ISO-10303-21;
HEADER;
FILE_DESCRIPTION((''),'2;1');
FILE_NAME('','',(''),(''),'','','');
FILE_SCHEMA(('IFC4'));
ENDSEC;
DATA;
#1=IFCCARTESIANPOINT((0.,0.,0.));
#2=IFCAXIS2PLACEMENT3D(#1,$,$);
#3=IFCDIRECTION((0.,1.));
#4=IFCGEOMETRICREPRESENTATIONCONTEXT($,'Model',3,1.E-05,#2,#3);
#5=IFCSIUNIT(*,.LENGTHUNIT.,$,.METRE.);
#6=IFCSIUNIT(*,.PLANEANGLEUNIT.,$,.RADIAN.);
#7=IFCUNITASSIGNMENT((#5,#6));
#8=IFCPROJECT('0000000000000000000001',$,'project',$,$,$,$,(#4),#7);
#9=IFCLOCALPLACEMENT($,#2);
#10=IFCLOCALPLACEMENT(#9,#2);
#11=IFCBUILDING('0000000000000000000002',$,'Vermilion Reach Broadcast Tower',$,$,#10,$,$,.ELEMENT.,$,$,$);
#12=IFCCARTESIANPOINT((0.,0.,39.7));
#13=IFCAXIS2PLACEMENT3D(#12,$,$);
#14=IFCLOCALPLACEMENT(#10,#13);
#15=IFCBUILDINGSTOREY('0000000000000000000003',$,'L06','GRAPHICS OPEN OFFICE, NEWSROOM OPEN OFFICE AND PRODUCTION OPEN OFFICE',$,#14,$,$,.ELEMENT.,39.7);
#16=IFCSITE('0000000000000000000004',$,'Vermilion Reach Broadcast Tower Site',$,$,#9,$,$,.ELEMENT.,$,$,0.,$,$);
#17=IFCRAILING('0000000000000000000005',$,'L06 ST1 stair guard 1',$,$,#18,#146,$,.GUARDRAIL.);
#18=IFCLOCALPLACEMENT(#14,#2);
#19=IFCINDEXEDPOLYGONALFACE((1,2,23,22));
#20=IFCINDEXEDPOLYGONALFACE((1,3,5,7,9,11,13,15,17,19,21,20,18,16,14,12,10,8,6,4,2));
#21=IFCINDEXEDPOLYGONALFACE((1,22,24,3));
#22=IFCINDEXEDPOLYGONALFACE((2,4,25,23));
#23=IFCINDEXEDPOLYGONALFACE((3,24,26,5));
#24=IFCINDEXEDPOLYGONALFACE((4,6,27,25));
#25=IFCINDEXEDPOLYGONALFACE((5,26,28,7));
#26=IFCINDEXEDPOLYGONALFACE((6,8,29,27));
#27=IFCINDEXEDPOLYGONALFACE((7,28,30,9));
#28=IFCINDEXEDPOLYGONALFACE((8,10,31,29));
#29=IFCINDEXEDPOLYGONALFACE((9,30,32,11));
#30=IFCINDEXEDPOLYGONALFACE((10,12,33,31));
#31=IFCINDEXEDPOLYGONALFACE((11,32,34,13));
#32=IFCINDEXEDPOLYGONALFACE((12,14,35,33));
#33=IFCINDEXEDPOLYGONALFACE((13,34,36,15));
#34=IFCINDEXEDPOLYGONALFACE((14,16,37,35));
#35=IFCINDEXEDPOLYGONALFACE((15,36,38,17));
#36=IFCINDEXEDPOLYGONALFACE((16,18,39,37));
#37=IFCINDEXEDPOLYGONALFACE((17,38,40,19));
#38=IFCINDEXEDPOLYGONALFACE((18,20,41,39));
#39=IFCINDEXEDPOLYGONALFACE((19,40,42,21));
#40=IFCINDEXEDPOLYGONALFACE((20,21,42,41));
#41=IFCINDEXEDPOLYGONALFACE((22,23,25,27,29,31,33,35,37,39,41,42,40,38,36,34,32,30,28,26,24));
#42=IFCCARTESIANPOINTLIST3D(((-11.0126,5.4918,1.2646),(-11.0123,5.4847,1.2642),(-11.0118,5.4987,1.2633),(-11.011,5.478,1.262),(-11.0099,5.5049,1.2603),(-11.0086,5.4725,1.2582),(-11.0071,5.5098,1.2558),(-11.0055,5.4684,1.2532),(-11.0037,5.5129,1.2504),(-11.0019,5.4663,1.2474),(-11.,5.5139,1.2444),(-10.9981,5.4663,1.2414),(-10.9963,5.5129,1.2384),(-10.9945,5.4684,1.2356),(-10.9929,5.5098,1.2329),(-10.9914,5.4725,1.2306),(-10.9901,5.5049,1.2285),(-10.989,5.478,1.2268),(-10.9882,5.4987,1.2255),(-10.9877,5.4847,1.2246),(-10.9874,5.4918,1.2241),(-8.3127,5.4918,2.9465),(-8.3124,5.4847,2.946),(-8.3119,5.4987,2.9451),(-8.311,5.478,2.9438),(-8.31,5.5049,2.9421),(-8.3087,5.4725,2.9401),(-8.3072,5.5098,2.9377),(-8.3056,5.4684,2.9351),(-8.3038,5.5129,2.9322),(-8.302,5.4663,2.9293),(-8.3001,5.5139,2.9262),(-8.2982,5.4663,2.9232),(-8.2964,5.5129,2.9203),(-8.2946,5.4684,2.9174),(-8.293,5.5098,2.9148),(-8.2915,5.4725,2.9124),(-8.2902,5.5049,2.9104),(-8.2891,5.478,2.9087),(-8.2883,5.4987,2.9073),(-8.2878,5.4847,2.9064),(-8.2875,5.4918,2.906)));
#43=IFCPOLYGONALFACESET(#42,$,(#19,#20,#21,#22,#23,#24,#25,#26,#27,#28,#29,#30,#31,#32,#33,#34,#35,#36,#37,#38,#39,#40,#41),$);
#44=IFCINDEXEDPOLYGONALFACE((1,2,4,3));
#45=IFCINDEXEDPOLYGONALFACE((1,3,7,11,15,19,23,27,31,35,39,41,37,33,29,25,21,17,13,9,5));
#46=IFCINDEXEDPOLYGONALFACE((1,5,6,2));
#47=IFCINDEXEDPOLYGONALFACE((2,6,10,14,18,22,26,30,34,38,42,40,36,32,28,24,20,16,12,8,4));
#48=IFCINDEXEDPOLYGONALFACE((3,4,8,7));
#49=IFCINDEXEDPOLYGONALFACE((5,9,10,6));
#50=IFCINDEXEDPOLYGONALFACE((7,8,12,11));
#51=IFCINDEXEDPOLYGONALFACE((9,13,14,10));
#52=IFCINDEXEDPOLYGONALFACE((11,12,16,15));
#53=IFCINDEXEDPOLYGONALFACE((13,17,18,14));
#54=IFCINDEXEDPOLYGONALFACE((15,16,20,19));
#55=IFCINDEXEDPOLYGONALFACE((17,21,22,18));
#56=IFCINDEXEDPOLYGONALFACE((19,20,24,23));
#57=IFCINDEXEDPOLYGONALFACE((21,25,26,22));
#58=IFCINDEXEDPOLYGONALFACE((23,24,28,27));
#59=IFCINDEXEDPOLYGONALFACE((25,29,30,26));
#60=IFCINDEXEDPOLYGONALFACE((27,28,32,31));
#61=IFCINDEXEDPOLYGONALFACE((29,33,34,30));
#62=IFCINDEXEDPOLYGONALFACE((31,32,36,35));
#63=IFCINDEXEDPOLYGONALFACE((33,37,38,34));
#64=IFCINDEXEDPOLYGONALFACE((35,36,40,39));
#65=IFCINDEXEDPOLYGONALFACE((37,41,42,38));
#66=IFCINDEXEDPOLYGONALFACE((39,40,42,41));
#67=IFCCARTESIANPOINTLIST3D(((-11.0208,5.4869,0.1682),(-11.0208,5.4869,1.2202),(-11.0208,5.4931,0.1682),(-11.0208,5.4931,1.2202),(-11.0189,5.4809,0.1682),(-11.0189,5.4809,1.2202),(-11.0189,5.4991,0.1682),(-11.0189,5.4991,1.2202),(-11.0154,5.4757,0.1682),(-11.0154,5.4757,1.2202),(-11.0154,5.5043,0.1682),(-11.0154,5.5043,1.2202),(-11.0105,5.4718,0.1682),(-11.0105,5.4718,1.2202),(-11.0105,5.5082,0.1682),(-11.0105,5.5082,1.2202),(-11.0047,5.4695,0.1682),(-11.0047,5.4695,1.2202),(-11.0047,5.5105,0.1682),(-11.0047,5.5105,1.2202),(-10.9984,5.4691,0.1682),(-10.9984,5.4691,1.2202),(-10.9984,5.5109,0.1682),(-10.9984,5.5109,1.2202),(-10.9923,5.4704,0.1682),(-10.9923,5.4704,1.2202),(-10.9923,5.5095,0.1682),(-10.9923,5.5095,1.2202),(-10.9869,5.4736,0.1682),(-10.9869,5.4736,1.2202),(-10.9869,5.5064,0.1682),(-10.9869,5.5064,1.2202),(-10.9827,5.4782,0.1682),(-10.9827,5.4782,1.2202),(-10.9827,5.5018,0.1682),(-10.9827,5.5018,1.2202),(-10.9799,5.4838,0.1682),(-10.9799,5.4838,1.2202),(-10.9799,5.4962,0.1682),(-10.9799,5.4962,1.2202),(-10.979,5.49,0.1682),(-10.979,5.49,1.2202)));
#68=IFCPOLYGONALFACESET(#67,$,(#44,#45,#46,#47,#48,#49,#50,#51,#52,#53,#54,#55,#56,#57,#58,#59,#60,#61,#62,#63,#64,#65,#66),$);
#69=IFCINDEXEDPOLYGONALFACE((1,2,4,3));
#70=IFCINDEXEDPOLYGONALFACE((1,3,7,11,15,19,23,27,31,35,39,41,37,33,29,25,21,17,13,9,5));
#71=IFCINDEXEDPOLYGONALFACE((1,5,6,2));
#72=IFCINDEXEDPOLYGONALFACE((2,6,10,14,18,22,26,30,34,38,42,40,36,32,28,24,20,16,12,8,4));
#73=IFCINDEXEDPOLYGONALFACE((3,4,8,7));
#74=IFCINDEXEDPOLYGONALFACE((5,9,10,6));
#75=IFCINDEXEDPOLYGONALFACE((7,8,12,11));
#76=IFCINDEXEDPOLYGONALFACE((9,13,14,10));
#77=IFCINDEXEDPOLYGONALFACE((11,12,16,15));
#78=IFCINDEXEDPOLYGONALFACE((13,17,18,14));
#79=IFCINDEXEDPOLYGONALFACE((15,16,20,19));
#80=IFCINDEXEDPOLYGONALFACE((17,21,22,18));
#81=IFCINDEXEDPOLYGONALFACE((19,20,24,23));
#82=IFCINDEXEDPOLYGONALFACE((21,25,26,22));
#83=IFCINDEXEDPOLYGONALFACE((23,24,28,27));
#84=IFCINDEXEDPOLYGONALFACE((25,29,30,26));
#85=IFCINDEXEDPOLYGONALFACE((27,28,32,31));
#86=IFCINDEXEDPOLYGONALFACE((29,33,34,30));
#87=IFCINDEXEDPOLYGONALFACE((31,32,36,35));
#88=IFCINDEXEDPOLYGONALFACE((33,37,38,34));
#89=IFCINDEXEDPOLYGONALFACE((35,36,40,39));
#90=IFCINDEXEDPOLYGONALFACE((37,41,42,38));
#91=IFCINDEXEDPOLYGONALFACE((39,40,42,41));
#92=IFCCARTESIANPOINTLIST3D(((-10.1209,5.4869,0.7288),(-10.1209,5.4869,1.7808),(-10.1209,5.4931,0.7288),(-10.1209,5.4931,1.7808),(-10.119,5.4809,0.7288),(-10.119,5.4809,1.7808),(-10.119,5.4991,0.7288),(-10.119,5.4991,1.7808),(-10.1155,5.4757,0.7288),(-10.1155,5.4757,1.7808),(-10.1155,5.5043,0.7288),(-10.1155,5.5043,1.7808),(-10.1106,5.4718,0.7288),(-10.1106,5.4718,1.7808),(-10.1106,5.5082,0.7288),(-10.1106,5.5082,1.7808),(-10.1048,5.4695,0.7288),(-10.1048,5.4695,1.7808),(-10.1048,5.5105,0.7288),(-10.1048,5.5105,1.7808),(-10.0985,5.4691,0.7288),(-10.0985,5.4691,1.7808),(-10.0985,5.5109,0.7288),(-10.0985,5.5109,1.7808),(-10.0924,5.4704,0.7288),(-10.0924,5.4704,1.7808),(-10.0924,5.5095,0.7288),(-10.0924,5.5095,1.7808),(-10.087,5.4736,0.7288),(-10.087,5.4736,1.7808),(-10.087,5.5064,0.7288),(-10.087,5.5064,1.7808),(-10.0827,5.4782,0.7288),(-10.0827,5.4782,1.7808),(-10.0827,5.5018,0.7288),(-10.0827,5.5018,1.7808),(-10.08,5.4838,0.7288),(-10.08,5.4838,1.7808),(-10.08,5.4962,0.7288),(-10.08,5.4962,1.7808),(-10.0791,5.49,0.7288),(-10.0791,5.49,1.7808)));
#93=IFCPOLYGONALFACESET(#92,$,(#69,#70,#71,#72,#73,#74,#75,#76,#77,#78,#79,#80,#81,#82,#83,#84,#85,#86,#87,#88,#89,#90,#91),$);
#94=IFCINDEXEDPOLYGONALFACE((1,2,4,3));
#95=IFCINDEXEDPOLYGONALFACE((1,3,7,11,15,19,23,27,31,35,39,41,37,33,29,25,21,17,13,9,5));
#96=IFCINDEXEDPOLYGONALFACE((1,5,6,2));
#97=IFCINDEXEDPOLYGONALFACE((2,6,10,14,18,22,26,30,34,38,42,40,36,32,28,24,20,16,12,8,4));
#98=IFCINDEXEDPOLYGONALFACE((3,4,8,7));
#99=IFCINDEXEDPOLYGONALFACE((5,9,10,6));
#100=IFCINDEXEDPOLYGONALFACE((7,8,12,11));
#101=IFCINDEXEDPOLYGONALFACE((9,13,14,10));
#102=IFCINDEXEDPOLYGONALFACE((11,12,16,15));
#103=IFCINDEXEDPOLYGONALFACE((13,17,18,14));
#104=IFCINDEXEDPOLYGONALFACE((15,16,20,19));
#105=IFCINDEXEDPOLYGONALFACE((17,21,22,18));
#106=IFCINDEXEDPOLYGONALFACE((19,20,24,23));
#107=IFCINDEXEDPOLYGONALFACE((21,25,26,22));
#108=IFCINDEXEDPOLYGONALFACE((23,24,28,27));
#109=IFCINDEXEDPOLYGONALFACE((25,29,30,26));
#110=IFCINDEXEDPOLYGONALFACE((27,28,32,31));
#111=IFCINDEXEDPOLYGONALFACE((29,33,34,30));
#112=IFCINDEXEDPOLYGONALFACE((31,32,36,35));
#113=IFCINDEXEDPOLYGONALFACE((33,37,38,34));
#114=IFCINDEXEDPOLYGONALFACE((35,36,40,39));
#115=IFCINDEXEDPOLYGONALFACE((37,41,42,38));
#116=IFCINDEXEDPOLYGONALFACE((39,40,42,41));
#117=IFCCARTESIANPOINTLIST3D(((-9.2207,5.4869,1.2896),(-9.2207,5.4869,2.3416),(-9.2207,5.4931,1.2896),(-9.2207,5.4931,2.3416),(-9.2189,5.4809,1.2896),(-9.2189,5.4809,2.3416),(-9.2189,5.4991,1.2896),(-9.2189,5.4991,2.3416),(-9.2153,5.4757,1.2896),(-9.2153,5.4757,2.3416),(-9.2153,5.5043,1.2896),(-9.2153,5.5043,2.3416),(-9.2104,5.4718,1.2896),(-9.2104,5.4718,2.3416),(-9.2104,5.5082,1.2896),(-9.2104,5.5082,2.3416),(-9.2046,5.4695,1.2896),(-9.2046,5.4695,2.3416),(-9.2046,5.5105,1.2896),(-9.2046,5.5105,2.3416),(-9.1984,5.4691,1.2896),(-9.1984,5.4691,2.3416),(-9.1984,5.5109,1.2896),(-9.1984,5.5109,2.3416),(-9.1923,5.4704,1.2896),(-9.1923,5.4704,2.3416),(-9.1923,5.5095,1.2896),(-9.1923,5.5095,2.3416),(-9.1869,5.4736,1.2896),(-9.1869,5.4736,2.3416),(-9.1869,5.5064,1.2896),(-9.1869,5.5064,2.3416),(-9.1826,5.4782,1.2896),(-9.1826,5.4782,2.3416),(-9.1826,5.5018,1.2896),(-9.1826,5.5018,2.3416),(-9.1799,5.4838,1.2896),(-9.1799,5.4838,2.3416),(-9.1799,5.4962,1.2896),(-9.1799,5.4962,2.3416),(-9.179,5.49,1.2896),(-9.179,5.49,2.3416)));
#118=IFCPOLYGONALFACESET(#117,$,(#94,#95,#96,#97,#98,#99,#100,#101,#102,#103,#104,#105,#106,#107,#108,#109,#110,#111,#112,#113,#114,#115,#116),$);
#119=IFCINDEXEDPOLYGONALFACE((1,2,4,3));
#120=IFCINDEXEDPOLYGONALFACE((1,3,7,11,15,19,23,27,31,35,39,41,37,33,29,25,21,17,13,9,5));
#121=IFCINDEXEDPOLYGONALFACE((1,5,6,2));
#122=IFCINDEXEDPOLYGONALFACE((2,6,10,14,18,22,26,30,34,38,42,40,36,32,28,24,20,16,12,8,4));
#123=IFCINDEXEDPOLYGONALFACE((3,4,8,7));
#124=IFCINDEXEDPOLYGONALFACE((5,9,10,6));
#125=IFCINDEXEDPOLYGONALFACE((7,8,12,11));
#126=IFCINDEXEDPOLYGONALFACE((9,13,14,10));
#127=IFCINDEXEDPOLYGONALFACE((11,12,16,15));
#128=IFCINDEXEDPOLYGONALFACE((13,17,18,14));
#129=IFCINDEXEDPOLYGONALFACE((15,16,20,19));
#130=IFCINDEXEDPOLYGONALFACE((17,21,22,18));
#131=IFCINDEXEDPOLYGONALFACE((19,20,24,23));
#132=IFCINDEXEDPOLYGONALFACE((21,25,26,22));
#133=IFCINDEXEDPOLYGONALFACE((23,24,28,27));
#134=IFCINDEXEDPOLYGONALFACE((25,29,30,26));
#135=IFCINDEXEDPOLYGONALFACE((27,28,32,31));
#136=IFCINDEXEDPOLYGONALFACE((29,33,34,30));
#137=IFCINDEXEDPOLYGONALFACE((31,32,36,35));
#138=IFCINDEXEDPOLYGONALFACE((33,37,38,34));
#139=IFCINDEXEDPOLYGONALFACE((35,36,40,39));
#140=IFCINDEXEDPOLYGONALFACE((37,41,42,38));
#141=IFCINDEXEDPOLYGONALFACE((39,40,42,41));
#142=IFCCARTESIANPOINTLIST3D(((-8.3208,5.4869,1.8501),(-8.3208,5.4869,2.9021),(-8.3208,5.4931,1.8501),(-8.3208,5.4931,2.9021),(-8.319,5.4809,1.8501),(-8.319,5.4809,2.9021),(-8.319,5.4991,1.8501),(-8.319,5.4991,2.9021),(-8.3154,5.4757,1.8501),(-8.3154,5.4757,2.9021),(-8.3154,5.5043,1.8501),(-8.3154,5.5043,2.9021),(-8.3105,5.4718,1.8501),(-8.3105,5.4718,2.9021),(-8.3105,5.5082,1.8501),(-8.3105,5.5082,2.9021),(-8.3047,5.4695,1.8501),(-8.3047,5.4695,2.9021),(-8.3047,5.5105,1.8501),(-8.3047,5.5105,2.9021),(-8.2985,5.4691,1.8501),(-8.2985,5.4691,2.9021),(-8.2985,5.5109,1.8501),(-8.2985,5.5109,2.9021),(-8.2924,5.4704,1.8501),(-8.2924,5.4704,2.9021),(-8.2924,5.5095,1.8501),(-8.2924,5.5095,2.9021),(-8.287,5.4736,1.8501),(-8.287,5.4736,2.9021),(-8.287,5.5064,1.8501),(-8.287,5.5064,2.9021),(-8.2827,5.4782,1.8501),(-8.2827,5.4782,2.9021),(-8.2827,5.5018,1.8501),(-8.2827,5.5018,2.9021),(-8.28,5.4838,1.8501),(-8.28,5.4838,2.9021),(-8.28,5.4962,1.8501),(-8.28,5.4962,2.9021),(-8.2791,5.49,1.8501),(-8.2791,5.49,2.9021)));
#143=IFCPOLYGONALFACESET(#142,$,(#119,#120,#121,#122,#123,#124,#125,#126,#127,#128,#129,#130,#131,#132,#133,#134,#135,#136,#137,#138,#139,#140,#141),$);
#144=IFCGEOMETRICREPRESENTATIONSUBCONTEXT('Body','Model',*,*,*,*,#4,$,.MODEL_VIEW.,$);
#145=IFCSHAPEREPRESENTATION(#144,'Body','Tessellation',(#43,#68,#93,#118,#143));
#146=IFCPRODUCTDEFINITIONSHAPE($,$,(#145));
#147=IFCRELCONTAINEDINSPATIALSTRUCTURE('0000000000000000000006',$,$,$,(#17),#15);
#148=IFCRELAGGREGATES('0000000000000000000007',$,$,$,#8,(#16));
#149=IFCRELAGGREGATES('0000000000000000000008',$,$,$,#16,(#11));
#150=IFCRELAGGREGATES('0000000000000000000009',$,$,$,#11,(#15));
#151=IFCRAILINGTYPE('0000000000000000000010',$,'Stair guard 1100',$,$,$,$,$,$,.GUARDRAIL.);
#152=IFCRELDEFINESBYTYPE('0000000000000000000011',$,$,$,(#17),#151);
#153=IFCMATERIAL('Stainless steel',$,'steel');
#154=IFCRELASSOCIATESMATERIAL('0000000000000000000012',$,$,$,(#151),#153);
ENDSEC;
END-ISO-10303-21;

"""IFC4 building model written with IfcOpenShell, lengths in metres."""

from ifc_helpers import new_model, si_unit, direction, frame, origin, origin_2d, place, context, subcontext, project, spatial, circle, extrude, material, type_object, element, save


model = new_model("IFC4")

# Units and contexts
model_context = context("Model", 3, precision=1e-05, world=origin(), true_north=direction((0.0, 1.0)))
body_context = subcontext(model_context, "Body", "Model", "MODEL_VIEW")
ifc_project = project(units=[si_unit("LENGTHUNIT", "METRE"), si_unit("PLANEANGLEUNIT", "RADIAN")], contexts=[model_context])

# Site, building, storey
site_placement = place(None, origin())
site = spatial("IfcSite", under=ifc_project, at=site_placement, Name="Vermilion Reach Broadcast Tower Site", CompositionType="ELEMENT", RefElevation=0.0)
building_placement = place(site_placement, origin())
building = spatial("IfcBuilding", under=site, at=building_placement, Name="Vermilion Reach Broadcast Tower", CompositionType="ELEMENT")
storey_placement = place(building_placement, frame((0.0, 0.0, 39.7)))
storey = spatial("IfcBuildingStorey", under=building, at=storey_placement, Name="L06", Description="GRAPHICS OPEN OFFICE, NEWSROOM OPEN OFFICE AND PRODUCTION OPEN OFFICE", CompositionType="ELEMENT", Elevation=39.7)

# Railing
ifc_material_1 = material(Name="Stainless steel", Category="steel")
railing_type_1 = type_object("IfcRailingType", Name="Stair guard 1100", PredefinedType="GUARDRAIL", material=ifc_material_1)
railing_1_placement = place(storey_placement, frame((-11.0, 5.49, 0.1682)))
element("IfcRailing", 1, at=railing_1_placement, inside=storey, type_object=railing_type_1, Name="L06 ST1 stair guard 1", PredefinedType="GUARDRAIL", context=body_context, shape_type="SweptSolid", body=[
    extrude(circle(Radius=0.0239, at=origin_2d()), frame((0.0, 0.0, 1.0762), z_axis=(0.848786, 0.0, 0.528736), x_axis=(0.0, 1.0, 0.0)), (0.0, 0.0, 1.0), 3.1809),
    extrude(circle(Radius=0.021, at=origin_2d()), origin(), (0.0, 0.0, 1.0), 1.052),
    extrude(circle(Radius=0.021, at=origin_2d()), frame((0.8999, 0.0, 0.5605)), (0.0, 0.0, 1.0), 1.052),
    extrude(circle(Radius=0.021, at=origin_2d()), frame((1.8, 0.0, 1.1213)), (0.0, 0.0, 1.0), 1.052),
    extrude(circle(Radius=0.021, at=origin_2d()), frame((2.7, 0.0, 1.6819)), (0.0, 0.0, 1.0), 1.052),
])

save(model, "model.ifc")
